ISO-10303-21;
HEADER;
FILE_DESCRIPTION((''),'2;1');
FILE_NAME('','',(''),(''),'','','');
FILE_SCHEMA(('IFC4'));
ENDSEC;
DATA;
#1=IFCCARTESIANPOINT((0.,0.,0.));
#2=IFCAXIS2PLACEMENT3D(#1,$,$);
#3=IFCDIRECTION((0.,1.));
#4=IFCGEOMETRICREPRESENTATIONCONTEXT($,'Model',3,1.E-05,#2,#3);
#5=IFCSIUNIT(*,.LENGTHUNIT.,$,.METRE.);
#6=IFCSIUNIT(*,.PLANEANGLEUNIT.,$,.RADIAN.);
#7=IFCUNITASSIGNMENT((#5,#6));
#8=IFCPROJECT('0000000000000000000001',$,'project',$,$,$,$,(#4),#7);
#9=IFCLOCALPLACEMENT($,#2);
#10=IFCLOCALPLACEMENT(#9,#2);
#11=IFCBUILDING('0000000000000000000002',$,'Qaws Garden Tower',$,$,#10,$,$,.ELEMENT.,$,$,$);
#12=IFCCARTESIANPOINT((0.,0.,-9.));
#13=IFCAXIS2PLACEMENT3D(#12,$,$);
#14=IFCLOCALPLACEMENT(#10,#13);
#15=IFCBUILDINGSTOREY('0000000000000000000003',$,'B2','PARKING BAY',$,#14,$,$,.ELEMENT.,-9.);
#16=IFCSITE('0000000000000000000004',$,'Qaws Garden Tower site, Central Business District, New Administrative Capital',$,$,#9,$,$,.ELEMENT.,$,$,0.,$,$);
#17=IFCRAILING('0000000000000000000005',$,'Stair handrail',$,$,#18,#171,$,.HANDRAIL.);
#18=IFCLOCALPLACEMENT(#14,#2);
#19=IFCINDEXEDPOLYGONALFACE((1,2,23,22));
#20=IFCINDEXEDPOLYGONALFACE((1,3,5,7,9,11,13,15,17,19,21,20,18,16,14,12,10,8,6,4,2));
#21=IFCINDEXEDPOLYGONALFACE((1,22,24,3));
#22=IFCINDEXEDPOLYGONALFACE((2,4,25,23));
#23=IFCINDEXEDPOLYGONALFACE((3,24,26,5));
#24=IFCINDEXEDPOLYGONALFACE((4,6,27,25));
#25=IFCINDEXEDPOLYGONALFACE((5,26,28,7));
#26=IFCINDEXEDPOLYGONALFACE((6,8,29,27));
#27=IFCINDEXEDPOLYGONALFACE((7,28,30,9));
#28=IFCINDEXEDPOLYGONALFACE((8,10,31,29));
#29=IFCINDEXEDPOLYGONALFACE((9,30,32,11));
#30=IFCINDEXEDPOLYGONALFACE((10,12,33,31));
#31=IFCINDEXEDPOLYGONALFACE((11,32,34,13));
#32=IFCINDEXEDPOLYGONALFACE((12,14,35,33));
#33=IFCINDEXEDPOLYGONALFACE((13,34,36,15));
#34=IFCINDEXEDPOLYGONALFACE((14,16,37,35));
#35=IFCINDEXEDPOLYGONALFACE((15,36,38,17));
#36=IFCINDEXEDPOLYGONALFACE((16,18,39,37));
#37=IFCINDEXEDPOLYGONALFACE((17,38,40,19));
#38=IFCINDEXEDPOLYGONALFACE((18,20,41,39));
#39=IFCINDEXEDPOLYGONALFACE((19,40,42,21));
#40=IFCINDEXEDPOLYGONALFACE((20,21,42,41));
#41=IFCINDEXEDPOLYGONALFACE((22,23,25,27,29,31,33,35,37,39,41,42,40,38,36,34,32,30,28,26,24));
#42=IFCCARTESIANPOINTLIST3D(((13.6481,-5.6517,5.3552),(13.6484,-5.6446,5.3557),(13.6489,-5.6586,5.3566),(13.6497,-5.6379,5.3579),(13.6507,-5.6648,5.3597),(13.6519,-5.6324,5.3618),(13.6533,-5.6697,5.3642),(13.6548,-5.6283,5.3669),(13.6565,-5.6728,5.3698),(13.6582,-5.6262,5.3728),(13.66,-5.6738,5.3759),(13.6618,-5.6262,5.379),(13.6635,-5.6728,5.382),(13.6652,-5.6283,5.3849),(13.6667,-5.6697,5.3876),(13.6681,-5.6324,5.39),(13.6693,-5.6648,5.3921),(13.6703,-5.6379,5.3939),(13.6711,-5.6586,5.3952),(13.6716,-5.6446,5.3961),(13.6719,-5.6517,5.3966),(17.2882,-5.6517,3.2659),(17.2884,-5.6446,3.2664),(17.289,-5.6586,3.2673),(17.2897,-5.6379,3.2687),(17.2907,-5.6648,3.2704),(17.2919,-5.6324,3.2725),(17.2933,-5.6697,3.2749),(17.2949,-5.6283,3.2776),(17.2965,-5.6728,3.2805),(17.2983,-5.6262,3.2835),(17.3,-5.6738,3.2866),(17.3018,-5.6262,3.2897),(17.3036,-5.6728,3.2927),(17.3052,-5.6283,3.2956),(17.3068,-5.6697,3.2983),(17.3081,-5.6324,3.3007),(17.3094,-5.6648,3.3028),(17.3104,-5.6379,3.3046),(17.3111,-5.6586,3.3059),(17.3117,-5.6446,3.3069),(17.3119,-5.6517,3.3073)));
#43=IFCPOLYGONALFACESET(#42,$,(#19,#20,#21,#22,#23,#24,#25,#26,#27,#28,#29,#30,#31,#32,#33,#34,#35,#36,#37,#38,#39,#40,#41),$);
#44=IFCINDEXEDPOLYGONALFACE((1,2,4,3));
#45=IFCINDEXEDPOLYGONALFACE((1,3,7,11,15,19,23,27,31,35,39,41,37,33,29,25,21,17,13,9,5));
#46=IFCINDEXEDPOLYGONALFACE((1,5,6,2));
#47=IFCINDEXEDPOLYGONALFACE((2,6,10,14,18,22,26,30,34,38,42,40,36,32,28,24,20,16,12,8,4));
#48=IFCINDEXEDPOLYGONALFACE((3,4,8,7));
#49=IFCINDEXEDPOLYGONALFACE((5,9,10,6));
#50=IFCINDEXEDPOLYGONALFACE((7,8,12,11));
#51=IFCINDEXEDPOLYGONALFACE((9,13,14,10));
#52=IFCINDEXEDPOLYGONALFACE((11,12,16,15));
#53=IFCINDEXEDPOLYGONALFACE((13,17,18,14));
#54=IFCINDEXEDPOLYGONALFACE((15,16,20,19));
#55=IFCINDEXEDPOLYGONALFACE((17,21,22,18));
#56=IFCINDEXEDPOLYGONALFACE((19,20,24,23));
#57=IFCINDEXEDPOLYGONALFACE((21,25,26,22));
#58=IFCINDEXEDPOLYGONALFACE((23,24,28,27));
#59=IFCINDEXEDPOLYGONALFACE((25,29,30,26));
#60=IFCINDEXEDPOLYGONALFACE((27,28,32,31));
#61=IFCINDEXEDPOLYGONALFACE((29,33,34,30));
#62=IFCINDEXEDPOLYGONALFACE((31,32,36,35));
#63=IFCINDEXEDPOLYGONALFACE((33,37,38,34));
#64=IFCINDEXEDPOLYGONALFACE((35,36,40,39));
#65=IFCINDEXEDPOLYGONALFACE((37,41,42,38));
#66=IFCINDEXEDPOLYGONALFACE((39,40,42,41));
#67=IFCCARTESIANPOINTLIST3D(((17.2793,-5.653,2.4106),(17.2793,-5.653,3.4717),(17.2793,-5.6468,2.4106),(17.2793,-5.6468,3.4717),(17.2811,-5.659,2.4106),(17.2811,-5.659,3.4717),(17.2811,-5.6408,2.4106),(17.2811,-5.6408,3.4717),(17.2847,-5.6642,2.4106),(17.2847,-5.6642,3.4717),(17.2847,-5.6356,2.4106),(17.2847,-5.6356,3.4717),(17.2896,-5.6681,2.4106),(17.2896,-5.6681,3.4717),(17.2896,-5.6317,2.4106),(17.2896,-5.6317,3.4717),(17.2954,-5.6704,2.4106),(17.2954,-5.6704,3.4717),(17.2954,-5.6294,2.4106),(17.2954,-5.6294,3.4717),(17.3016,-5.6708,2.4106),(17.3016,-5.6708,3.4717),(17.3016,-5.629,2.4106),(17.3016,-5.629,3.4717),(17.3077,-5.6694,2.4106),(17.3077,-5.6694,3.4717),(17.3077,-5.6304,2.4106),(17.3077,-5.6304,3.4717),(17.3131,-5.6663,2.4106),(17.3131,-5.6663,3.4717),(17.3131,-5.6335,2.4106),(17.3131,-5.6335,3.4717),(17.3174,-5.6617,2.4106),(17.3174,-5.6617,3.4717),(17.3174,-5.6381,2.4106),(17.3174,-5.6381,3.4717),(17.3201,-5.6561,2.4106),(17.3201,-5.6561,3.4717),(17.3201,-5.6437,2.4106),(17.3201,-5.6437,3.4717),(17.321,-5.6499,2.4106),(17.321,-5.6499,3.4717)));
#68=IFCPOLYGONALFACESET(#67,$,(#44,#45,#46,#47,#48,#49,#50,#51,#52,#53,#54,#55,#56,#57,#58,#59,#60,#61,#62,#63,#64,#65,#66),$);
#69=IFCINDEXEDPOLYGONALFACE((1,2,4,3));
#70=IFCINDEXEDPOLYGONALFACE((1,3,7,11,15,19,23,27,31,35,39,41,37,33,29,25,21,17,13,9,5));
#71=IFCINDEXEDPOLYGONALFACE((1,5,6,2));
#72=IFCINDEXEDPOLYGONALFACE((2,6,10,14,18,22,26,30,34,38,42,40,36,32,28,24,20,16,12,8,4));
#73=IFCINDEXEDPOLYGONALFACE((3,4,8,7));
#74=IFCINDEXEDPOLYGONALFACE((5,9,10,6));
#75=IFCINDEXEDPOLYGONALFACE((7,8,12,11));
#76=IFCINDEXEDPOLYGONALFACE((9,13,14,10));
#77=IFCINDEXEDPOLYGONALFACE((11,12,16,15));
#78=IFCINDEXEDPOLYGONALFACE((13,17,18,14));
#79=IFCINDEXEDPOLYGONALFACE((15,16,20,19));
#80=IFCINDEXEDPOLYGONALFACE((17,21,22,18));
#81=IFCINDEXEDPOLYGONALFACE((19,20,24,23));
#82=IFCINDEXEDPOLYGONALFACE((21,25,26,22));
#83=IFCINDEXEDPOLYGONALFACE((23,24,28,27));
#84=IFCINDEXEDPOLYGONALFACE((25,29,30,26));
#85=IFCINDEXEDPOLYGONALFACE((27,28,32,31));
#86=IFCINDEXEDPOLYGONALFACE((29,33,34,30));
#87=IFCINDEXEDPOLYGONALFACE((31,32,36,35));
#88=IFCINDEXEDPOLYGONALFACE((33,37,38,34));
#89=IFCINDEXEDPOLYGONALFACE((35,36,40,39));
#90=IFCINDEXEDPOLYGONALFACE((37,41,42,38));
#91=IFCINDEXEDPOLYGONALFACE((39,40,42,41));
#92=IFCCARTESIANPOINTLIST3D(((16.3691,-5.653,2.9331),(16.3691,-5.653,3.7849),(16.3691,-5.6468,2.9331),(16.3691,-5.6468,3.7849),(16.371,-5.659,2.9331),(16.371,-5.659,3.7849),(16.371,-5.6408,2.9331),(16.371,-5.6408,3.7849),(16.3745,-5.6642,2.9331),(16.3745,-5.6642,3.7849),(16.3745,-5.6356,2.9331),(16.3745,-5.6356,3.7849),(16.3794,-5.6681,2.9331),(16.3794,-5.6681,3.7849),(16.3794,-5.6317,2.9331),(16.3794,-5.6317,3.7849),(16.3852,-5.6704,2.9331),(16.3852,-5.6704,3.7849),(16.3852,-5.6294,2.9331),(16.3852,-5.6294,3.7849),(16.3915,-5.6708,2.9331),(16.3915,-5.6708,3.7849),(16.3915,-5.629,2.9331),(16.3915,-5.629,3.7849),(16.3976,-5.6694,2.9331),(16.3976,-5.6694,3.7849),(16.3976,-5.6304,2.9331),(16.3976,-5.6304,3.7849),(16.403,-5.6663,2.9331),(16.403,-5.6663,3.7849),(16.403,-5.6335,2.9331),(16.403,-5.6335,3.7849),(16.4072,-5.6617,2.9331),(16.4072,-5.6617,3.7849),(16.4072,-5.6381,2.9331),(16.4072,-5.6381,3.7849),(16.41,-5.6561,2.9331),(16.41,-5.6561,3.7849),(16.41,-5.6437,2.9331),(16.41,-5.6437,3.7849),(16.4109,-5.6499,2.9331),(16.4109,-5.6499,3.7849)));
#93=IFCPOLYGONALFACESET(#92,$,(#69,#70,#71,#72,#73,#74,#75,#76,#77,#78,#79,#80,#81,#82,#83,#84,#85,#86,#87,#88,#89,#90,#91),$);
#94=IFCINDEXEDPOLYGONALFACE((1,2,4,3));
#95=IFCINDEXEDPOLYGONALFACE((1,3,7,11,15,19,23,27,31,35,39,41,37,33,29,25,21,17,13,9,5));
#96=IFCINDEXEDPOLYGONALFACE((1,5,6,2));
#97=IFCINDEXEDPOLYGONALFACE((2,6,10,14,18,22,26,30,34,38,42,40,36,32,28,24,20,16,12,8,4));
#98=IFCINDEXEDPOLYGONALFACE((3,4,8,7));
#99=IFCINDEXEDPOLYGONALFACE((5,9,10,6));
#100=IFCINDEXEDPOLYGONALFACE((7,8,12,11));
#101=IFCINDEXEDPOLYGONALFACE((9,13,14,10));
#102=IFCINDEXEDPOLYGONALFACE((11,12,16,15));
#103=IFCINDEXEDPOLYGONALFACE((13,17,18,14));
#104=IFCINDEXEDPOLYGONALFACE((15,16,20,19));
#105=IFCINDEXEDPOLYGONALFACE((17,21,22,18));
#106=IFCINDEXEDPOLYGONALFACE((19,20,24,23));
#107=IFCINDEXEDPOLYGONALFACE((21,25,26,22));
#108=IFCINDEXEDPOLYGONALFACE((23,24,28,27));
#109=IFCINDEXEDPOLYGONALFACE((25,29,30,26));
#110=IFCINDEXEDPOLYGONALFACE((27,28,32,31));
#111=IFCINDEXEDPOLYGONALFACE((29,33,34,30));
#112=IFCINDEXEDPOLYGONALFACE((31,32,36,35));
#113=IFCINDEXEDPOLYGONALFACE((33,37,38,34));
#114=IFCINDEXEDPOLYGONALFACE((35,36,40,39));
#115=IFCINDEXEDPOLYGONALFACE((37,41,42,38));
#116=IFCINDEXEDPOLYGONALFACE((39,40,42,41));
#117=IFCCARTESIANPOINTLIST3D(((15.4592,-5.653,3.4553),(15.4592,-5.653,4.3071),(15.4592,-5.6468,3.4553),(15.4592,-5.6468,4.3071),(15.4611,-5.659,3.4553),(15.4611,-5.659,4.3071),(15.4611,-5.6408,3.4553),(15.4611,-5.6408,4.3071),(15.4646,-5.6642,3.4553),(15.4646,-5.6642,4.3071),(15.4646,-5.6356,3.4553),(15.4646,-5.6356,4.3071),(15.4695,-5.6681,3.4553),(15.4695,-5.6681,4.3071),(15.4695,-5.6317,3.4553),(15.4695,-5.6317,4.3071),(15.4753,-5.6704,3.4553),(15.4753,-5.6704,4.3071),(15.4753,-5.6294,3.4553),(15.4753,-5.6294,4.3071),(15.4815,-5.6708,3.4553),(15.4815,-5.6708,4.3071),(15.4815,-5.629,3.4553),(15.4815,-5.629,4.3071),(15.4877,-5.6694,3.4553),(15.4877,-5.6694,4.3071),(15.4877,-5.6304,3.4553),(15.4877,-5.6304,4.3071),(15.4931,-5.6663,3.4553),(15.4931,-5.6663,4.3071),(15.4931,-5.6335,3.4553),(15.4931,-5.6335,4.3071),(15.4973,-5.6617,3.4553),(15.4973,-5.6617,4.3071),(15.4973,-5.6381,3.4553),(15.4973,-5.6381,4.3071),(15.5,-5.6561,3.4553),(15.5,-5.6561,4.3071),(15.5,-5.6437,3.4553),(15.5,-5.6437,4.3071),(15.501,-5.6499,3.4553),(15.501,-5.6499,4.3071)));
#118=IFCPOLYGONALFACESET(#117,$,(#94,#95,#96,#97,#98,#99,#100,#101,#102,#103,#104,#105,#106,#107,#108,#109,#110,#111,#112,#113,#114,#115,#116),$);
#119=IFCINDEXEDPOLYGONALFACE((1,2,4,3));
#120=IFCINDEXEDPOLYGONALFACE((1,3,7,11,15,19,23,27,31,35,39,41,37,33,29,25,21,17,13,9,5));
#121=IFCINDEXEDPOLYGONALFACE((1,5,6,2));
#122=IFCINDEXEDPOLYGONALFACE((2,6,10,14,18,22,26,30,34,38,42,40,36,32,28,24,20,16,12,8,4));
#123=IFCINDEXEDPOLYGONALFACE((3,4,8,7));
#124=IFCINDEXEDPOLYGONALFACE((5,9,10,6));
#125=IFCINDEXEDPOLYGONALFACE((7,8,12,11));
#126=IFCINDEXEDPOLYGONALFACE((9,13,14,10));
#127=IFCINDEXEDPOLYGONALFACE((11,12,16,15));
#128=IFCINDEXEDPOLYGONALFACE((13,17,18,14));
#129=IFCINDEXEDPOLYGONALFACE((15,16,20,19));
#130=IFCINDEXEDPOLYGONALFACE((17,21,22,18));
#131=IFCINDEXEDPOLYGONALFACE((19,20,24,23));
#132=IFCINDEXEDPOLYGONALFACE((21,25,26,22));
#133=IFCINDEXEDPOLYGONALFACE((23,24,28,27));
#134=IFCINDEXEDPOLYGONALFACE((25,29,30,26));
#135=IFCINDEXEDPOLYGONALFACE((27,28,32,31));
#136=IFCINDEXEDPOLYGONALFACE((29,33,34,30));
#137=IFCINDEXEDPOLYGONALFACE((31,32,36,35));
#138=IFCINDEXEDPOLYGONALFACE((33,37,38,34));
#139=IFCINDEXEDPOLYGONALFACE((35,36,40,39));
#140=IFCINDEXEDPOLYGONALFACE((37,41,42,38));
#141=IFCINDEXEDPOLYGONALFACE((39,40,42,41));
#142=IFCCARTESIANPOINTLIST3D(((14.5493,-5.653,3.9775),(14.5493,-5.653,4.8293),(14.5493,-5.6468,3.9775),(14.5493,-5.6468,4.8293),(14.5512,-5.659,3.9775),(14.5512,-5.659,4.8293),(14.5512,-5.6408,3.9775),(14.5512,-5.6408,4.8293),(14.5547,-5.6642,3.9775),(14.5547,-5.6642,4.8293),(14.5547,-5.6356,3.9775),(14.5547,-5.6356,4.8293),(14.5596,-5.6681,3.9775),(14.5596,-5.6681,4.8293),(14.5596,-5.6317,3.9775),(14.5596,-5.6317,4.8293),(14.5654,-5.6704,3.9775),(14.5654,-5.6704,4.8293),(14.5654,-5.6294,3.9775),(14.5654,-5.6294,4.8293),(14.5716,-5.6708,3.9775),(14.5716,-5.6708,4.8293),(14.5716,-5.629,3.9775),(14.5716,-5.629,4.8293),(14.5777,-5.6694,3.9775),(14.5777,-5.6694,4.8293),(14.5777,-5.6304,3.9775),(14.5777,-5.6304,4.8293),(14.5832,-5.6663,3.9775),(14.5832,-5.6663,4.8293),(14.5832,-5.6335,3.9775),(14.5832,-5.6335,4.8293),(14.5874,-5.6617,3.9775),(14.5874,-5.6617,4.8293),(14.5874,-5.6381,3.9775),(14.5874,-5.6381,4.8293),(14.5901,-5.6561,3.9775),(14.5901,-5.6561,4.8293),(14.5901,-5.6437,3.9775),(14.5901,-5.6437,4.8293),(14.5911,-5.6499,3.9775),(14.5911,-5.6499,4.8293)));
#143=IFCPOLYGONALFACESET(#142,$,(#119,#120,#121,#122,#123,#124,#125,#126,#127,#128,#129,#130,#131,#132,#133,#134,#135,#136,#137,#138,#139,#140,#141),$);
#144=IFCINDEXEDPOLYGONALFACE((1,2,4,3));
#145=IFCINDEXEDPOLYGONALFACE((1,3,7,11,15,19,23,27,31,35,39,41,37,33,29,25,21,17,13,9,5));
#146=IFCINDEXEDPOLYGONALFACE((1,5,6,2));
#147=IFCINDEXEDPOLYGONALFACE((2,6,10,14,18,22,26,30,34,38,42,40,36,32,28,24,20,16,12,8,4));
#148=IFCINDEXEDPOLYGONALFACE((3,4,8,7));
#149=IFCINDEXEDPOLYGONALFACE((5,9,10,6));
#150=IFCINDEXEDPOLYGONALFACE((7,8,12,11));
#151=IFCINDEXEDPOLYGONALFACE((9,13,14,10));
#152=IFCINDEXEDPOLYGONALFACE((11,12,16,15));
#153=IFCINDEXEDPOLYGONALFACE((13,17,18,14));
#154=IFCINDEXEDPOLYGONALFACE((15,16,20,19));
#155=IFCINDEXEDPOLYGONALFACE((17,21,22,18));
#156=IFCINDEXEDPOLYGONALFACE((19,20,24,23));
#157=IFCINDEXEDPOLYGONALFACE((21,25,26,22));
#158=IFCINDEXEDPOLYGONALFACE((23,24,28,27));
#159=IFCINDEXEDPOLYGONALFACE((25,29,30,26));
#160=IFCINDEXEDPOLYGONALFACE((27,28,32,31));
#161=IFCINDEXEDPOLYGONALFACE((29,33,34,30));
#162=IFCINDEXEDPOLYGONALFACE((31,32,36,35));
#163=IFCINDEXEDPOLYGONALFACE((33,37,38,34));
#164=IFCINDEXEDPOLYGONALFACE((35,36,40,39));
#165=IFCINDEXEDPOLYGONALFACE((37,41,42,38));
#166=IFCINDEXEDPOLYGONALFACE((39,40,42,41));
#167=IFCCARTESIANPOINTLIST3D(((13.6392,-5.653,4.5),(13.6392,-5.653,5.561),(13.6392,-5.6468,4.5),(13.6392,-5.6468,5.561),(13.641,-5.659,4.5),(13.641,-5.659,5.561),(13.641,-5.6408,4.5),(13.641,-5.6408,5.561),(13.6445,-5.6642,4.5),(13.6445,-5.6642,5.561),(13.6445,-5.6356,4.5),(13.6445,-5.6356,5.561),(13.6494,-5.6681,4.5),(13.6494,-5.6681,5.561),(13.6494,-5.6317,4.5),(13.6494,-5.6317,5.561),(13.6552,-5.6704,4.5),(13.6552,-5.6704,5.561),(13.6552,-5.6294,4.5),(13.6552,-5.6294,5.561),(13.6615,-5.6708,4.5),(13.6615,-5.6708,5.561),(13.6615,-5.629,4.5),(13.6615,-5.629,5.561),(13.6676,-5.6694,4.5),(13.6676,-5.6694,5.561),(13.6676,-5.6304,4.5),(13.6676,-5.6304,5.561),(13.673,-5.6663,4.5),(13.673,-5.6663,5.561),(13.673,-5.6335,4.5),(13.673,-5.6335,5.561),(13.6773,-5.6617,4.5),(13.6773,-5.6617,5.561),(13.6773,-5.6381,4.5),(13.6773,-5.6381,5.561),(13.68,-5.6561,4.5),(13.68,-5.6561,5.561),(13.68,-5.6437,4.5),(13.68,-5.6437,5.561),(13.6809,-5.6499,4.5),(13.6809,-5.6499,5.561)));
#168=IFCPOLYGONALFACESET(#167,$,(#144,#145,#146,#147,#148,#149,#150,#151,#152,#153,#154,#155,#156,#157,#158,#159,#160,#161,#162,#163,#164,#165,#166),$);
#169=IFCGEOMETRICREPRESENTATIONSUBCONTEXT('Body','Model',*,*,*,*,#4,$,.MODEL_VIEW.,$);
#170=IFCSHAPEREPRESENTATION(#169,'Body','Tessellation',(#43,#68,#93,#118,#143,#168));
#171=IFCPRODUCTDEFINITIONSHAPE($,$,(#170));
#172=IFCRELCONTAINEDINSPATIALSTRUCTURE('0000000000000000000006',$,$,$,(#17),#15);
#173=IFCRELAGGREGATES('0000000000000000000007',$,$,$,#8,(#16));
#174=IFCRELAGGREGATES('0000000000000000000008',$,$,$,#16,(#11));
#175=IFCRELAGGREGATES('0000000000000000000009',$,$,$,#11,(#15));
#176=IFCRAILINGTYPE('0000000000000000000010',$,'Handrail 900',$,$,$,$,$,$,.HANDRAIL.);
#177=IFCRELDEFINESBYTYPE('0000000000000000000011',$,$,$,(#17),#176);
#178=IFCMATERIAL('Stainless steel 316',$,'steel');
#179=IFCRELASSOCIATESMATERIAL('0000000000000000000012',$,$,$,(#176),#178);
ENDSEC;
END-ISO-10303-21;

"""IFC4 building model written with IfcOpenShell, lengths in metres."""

from ifc_helpers import new_model, si_unit, direction, frame, origin, origin_2d, place, context, subcontext, project, spatial, circle, extrude, material, type_object, element, save


model = new_model("IFC4")

# Units and contexts
model_context = context("Model", 3, precision=1e-05, world=origin(), true_north=direction((0.0, 1.0)))
body_context = subcontext(model_context, "Body", "Model", "MODEL_VIEW")
ifc_project = project(units=[si_unit("LENGTHUNIT", "METRE"), si_unit("PLANEANGLEUNIT", "RADIAN")], contexts=[model_context])

# Site, building, storey
site_placement = place(None, origin())
site = spatial("IfcSite", under=ifc_project, at=site_placement, Name="Qaws Garden Tower site, Central Business District, New Administrative Capital", CompositionType="ELEMENT", RefElevation=0.0)
building_placement = place(site_placement, origin())
building = spatial("IfcBuilding", under=site, at=building_placement, Name="Qaws Garden Tower", CompositionType="ELEMENT")
storey_placement = place(building_placement, frame((0.0, 0.0, -9.0)))
storey = spatial("IfcBuildingStorey", under=building, at=storey_placement, Name="B2", Description="PARKING BAY", CompositionType="ELEMENT", Elevation=-9.0)

# Railing
ifc_material_1 = material(Name="Stainless steel 316", Category="steel")
railing_type_1 = type_object("IfcRailingType", Name="Handrail 900", PredefinedType="HANDRAIL", material=ifc_material_1)
for number, where, name in (
    (1, (17.3, -5.6499, 2.4106), "Stair handrail"),
):
    element("IfcRailing", number, at=place(storey_placement, frame(where)), inside=storey, type_object=railing_type_1, Name=name, PredefinedType="HANDRAIL", context=body_context, shape_type="SweptSolid", body=[
        extrude(circle(Radius=0.0239, at=origin_2d()), frame((0.0, 0.0, 0.876), z_axis=(-0.867289, 0.0, 0.497804), x_axis=(0.0, -1.0, 0.0)), (0.0, 0.0, 1.0), 4.197),
        extrude(circle(Radius=0.021, at=origin_2d()), origin(), (0.0, 0.0, 1.0), 1.061),
        extrude(circle(Radius=0.021, at=origin_2d()), frame((-0.9102, 0.0, 0.5225)), (0.0, 0.0, 1.0), 0.8518),
        extrude(circle(Radius=0.021, at=origin_2d()), frame((-1.8201, 0.0, 1.0447)), (0.0, 0.0, 1.0), 0.8518),
        extrude(circle(Radius=0.021, at=origin_2d()), frame((-2.73, 0.0, 1.5669)), (0.0, 0.0, 1.0), 0.8518),
        extrude(circle(Radius=0.021, at=origin_2d()), frame((-3.6401, 0.0, 2.0894)), (0.0, 0.0, 1.0), 1.061),
    ])

save(model, "model.ifc")
